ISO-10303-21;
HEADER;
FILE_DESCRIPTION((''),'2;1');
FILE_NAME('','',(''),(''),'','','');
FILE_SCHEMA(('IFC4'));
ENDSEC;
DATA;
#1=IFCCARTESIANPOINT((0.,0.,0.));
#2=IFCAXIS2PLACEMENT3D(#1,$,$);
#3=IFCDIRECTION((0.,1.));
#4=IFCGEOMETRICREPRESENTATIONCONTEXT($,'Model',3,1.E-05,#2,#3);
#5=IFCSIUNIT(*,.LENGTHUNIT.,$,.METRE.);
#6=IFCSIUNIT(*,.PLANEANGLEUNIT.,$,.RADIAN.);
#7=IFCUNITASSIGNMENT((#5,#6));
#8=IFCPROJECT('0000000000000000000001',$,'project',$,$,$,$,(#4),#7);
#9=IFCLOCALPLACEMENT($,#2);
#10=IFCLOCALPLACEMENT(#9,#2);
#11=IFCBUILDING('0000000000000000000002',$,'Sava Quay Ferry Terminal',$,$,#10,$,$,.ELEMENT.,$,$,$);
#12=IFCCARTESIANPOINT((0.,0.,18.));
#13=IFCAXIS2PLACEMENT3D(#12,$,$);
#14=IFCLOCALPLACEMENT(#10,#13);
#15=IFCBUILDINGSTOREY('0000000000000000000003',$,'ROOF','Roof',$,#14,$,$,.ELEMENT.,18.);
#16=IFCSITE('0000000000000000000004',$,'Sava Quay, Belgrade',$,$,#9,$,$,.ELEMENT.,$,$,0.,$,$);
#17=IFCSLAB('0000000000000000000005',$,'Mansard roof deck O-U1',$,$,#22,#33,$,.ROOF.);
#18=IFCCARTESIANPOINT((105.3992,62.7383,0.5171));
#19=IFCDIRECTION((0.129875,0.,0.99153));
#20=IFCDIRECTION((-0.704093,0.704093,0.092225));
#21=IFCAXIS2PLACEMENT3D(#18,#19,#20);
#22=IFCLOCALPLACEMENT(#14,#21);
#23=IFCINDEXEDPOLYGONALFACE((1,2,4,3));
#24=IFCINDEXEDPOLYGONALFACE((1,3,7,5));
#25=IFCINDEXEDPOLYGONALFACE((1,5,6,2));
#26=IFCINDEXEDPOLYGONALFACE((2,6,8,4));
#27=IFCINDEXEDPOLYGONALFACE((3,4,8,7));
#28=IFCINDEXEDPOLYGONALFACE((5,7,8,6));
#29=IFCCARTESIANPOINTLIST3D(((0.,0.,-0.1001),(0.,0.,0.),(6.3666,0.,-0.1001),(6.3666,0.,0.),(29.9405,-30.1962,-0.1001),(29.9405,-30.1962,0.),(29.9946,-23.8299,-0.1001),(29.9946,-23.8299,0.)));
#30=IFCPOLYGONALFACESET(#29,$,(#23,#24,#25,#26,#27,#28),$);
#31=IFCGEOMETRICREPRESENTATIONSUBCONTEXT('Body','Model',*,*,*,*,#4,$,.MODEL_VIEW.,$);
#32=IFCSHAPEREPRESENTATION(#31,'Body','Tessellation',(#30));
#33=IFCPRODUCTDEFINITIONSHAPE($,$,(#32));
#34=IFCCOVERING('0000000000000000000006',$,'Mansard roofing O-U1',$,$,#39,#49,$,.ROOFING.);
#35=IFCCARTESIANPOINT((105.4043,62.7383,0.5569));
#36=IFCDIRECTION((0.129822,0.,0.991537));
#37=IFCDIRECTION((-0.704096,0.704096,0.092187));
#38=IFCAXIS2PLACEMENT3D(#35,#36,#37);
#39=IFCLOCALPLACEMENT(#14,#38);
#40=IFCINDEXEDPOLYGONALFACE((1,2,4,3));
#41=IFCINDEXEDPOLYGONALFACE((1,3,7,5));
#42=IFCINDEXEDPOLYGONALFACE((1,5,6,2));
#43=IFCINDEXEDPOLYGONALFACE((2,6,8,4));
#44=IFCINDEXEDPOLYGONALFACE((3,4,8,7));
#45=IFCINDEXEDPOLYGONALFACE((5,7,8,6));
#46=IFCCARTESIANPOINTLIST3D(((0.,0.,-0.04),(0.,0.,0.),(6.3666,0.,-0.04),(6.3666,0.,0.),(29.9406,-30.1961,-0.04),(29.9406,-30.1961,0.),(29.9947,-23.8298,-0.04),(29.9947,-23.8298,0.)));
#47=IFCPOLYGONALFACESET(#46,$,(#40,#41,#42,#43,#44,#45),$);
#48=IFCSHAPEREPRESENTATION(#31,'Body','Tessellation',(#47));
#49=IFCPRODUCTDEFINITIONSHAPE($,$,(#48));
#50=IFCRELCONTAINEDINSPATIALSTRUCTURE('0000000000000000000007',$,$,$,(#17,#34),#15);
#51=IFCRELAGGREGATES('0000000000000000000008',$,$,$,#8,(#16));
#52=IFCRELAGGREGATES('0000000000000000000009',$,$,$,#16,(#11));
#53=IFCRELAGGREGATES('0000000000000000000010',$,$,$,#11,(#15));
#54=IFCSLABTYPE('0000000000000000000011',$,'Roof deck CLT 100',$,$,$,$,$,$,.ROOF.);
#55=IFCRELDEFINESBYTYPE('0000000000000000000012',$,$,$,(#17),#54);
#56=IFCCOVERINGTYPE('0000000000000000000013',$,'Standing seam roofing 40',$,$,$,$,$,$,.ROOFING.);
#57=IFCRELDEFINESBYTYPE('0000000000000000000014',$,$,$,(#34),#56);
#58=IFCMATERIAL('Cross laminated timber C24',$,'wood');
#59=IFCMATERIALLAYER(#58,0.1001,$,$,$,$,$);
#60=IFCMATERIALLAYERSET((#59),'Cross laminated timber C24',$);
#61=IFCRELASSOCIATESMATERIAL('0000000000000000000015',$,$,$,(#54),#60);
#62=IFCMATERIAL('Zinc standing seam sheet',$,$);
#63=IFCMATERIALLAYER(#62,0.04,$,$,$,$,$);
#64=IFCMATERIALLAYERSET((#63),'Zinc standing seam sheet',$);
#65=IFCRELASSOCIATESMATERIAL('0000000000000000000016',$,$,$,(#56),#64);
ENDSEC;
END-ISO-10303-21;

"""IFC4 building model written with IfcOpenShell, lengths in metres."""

from ifc_helpers import new_model, si_unit, direction, frame, origin, place, context, subcontext, project, spatial, polyline, outline, extrude, material, layer, layer_set, type_object, element, save


model = new_model("IFC4")

# Units and contexts
model_context = context("Model", 3, precision=1e-05, world=origin(), true_north=direction((0.0, 1.0)))
body_context = subcontext(model_context, "Body", "Model", "MODEL_VIEW")
ifc_project = project(units=[si_unit("LENGTHUNIT", "METRE"), si_unit("PLANEANGLEUNIT", "RADIAN")], contexts=[model_context])

# Site, building, storey
site_placement = place(None, origin())
site = spatial("IfcSite", under=ifc_project, at=site_placement, Name="Sava Quay, Belgrade", CompositionType="ELEMENT", RefElevation=0.0)
building_placement = place(site_placement, origin())
building = spatial("IfcBuilding", under=site, at=building_placement, Name="Sava Quay Ferry Terminal", CompositionType="ELEMENT")
storey_placement = place(building_placement, frame((0.0, 0.0, 18.0)))
storey = spatial("IfcBuildingStorey", under=building, at=storey_placement, Name="ROOF", Description="Roof", CompositionType="ELEMENT", Elevation=18.0)

# Slab
ifc_material_1 = material(Name="Cross laminated timber C24", Category="wood")
ifc_layer_1 = layer(ifc_material_1, 0.1001)
ifc_layer_set_1 = layer_set([ifc_layer_1], Name="Cross laminated timber C24")
slab_type = type_object("IfcSlabType", Name="Roof deck CLT 100", PredefinedType="ROOF", material=ifc_layer_set_1)
slab_1_placement = place(storey_placement, frame((105.3992, 62.7383, 0.5171), z_axis=(0.129875, 0.0, 0.99153), x_axis=(-0.704093, 0.704093, 0.092225)))
element("IfcSlab", 1, at=slab_1_placement, inside=storey, type_object=slab_type, Name="Mansard roof deck O-U1", PredefinedType="ROOF", context=body_context, shape_type="SweptSolid", body=[
    extrude(outline(polyline([(0.0, 0.0), (6.3666, 0.0), (29.9946, -23.8299), (29.9405, -30.1962), (0.0, 0.0)])), origin(), (0.0, 0.0, -1.0), 0.1001),
])

# Covering
ifc_material_2 = material(Name="Zinc standing seam sheet")
ifc_layer_2 = layer(ifc_material_2, 0.04)
ifc_layer_set_2 = layer_set([ifc_layer_2], Name="Zinc standing seam sheet")
covering_type_1 = type_object("IfcCoveringType", Name="Standing seam roofing 40", PredefinedType="ROOFING", material=ifc_layer_set_2)
covering_1_placement = place(storey_placement, frame((105.4043, 62.7383, 0.5569), z_axis=(0.129822, 0.0, 0.991537), x_axis=(-0.704096, 0.704096, 0.092187)))
element("IfcCovering", 2, at=covering_1_placement, inside=storey, type_object=covering_type_1, Name="Mansard roofing O-U1", PredefinedType="ROOFING", context=body_context, shape_type="SweptSolid", body=[
    extrude(outline(polyline([(0.0, 0.0), (6.3666, 0.0), (29.9947, -23.8298), (29.9406, -30.1961), (0.0, 0.0)])), origin(), (0.0, 0.0, -1.0), 0.04),
])

save(model, "model.ifc")
